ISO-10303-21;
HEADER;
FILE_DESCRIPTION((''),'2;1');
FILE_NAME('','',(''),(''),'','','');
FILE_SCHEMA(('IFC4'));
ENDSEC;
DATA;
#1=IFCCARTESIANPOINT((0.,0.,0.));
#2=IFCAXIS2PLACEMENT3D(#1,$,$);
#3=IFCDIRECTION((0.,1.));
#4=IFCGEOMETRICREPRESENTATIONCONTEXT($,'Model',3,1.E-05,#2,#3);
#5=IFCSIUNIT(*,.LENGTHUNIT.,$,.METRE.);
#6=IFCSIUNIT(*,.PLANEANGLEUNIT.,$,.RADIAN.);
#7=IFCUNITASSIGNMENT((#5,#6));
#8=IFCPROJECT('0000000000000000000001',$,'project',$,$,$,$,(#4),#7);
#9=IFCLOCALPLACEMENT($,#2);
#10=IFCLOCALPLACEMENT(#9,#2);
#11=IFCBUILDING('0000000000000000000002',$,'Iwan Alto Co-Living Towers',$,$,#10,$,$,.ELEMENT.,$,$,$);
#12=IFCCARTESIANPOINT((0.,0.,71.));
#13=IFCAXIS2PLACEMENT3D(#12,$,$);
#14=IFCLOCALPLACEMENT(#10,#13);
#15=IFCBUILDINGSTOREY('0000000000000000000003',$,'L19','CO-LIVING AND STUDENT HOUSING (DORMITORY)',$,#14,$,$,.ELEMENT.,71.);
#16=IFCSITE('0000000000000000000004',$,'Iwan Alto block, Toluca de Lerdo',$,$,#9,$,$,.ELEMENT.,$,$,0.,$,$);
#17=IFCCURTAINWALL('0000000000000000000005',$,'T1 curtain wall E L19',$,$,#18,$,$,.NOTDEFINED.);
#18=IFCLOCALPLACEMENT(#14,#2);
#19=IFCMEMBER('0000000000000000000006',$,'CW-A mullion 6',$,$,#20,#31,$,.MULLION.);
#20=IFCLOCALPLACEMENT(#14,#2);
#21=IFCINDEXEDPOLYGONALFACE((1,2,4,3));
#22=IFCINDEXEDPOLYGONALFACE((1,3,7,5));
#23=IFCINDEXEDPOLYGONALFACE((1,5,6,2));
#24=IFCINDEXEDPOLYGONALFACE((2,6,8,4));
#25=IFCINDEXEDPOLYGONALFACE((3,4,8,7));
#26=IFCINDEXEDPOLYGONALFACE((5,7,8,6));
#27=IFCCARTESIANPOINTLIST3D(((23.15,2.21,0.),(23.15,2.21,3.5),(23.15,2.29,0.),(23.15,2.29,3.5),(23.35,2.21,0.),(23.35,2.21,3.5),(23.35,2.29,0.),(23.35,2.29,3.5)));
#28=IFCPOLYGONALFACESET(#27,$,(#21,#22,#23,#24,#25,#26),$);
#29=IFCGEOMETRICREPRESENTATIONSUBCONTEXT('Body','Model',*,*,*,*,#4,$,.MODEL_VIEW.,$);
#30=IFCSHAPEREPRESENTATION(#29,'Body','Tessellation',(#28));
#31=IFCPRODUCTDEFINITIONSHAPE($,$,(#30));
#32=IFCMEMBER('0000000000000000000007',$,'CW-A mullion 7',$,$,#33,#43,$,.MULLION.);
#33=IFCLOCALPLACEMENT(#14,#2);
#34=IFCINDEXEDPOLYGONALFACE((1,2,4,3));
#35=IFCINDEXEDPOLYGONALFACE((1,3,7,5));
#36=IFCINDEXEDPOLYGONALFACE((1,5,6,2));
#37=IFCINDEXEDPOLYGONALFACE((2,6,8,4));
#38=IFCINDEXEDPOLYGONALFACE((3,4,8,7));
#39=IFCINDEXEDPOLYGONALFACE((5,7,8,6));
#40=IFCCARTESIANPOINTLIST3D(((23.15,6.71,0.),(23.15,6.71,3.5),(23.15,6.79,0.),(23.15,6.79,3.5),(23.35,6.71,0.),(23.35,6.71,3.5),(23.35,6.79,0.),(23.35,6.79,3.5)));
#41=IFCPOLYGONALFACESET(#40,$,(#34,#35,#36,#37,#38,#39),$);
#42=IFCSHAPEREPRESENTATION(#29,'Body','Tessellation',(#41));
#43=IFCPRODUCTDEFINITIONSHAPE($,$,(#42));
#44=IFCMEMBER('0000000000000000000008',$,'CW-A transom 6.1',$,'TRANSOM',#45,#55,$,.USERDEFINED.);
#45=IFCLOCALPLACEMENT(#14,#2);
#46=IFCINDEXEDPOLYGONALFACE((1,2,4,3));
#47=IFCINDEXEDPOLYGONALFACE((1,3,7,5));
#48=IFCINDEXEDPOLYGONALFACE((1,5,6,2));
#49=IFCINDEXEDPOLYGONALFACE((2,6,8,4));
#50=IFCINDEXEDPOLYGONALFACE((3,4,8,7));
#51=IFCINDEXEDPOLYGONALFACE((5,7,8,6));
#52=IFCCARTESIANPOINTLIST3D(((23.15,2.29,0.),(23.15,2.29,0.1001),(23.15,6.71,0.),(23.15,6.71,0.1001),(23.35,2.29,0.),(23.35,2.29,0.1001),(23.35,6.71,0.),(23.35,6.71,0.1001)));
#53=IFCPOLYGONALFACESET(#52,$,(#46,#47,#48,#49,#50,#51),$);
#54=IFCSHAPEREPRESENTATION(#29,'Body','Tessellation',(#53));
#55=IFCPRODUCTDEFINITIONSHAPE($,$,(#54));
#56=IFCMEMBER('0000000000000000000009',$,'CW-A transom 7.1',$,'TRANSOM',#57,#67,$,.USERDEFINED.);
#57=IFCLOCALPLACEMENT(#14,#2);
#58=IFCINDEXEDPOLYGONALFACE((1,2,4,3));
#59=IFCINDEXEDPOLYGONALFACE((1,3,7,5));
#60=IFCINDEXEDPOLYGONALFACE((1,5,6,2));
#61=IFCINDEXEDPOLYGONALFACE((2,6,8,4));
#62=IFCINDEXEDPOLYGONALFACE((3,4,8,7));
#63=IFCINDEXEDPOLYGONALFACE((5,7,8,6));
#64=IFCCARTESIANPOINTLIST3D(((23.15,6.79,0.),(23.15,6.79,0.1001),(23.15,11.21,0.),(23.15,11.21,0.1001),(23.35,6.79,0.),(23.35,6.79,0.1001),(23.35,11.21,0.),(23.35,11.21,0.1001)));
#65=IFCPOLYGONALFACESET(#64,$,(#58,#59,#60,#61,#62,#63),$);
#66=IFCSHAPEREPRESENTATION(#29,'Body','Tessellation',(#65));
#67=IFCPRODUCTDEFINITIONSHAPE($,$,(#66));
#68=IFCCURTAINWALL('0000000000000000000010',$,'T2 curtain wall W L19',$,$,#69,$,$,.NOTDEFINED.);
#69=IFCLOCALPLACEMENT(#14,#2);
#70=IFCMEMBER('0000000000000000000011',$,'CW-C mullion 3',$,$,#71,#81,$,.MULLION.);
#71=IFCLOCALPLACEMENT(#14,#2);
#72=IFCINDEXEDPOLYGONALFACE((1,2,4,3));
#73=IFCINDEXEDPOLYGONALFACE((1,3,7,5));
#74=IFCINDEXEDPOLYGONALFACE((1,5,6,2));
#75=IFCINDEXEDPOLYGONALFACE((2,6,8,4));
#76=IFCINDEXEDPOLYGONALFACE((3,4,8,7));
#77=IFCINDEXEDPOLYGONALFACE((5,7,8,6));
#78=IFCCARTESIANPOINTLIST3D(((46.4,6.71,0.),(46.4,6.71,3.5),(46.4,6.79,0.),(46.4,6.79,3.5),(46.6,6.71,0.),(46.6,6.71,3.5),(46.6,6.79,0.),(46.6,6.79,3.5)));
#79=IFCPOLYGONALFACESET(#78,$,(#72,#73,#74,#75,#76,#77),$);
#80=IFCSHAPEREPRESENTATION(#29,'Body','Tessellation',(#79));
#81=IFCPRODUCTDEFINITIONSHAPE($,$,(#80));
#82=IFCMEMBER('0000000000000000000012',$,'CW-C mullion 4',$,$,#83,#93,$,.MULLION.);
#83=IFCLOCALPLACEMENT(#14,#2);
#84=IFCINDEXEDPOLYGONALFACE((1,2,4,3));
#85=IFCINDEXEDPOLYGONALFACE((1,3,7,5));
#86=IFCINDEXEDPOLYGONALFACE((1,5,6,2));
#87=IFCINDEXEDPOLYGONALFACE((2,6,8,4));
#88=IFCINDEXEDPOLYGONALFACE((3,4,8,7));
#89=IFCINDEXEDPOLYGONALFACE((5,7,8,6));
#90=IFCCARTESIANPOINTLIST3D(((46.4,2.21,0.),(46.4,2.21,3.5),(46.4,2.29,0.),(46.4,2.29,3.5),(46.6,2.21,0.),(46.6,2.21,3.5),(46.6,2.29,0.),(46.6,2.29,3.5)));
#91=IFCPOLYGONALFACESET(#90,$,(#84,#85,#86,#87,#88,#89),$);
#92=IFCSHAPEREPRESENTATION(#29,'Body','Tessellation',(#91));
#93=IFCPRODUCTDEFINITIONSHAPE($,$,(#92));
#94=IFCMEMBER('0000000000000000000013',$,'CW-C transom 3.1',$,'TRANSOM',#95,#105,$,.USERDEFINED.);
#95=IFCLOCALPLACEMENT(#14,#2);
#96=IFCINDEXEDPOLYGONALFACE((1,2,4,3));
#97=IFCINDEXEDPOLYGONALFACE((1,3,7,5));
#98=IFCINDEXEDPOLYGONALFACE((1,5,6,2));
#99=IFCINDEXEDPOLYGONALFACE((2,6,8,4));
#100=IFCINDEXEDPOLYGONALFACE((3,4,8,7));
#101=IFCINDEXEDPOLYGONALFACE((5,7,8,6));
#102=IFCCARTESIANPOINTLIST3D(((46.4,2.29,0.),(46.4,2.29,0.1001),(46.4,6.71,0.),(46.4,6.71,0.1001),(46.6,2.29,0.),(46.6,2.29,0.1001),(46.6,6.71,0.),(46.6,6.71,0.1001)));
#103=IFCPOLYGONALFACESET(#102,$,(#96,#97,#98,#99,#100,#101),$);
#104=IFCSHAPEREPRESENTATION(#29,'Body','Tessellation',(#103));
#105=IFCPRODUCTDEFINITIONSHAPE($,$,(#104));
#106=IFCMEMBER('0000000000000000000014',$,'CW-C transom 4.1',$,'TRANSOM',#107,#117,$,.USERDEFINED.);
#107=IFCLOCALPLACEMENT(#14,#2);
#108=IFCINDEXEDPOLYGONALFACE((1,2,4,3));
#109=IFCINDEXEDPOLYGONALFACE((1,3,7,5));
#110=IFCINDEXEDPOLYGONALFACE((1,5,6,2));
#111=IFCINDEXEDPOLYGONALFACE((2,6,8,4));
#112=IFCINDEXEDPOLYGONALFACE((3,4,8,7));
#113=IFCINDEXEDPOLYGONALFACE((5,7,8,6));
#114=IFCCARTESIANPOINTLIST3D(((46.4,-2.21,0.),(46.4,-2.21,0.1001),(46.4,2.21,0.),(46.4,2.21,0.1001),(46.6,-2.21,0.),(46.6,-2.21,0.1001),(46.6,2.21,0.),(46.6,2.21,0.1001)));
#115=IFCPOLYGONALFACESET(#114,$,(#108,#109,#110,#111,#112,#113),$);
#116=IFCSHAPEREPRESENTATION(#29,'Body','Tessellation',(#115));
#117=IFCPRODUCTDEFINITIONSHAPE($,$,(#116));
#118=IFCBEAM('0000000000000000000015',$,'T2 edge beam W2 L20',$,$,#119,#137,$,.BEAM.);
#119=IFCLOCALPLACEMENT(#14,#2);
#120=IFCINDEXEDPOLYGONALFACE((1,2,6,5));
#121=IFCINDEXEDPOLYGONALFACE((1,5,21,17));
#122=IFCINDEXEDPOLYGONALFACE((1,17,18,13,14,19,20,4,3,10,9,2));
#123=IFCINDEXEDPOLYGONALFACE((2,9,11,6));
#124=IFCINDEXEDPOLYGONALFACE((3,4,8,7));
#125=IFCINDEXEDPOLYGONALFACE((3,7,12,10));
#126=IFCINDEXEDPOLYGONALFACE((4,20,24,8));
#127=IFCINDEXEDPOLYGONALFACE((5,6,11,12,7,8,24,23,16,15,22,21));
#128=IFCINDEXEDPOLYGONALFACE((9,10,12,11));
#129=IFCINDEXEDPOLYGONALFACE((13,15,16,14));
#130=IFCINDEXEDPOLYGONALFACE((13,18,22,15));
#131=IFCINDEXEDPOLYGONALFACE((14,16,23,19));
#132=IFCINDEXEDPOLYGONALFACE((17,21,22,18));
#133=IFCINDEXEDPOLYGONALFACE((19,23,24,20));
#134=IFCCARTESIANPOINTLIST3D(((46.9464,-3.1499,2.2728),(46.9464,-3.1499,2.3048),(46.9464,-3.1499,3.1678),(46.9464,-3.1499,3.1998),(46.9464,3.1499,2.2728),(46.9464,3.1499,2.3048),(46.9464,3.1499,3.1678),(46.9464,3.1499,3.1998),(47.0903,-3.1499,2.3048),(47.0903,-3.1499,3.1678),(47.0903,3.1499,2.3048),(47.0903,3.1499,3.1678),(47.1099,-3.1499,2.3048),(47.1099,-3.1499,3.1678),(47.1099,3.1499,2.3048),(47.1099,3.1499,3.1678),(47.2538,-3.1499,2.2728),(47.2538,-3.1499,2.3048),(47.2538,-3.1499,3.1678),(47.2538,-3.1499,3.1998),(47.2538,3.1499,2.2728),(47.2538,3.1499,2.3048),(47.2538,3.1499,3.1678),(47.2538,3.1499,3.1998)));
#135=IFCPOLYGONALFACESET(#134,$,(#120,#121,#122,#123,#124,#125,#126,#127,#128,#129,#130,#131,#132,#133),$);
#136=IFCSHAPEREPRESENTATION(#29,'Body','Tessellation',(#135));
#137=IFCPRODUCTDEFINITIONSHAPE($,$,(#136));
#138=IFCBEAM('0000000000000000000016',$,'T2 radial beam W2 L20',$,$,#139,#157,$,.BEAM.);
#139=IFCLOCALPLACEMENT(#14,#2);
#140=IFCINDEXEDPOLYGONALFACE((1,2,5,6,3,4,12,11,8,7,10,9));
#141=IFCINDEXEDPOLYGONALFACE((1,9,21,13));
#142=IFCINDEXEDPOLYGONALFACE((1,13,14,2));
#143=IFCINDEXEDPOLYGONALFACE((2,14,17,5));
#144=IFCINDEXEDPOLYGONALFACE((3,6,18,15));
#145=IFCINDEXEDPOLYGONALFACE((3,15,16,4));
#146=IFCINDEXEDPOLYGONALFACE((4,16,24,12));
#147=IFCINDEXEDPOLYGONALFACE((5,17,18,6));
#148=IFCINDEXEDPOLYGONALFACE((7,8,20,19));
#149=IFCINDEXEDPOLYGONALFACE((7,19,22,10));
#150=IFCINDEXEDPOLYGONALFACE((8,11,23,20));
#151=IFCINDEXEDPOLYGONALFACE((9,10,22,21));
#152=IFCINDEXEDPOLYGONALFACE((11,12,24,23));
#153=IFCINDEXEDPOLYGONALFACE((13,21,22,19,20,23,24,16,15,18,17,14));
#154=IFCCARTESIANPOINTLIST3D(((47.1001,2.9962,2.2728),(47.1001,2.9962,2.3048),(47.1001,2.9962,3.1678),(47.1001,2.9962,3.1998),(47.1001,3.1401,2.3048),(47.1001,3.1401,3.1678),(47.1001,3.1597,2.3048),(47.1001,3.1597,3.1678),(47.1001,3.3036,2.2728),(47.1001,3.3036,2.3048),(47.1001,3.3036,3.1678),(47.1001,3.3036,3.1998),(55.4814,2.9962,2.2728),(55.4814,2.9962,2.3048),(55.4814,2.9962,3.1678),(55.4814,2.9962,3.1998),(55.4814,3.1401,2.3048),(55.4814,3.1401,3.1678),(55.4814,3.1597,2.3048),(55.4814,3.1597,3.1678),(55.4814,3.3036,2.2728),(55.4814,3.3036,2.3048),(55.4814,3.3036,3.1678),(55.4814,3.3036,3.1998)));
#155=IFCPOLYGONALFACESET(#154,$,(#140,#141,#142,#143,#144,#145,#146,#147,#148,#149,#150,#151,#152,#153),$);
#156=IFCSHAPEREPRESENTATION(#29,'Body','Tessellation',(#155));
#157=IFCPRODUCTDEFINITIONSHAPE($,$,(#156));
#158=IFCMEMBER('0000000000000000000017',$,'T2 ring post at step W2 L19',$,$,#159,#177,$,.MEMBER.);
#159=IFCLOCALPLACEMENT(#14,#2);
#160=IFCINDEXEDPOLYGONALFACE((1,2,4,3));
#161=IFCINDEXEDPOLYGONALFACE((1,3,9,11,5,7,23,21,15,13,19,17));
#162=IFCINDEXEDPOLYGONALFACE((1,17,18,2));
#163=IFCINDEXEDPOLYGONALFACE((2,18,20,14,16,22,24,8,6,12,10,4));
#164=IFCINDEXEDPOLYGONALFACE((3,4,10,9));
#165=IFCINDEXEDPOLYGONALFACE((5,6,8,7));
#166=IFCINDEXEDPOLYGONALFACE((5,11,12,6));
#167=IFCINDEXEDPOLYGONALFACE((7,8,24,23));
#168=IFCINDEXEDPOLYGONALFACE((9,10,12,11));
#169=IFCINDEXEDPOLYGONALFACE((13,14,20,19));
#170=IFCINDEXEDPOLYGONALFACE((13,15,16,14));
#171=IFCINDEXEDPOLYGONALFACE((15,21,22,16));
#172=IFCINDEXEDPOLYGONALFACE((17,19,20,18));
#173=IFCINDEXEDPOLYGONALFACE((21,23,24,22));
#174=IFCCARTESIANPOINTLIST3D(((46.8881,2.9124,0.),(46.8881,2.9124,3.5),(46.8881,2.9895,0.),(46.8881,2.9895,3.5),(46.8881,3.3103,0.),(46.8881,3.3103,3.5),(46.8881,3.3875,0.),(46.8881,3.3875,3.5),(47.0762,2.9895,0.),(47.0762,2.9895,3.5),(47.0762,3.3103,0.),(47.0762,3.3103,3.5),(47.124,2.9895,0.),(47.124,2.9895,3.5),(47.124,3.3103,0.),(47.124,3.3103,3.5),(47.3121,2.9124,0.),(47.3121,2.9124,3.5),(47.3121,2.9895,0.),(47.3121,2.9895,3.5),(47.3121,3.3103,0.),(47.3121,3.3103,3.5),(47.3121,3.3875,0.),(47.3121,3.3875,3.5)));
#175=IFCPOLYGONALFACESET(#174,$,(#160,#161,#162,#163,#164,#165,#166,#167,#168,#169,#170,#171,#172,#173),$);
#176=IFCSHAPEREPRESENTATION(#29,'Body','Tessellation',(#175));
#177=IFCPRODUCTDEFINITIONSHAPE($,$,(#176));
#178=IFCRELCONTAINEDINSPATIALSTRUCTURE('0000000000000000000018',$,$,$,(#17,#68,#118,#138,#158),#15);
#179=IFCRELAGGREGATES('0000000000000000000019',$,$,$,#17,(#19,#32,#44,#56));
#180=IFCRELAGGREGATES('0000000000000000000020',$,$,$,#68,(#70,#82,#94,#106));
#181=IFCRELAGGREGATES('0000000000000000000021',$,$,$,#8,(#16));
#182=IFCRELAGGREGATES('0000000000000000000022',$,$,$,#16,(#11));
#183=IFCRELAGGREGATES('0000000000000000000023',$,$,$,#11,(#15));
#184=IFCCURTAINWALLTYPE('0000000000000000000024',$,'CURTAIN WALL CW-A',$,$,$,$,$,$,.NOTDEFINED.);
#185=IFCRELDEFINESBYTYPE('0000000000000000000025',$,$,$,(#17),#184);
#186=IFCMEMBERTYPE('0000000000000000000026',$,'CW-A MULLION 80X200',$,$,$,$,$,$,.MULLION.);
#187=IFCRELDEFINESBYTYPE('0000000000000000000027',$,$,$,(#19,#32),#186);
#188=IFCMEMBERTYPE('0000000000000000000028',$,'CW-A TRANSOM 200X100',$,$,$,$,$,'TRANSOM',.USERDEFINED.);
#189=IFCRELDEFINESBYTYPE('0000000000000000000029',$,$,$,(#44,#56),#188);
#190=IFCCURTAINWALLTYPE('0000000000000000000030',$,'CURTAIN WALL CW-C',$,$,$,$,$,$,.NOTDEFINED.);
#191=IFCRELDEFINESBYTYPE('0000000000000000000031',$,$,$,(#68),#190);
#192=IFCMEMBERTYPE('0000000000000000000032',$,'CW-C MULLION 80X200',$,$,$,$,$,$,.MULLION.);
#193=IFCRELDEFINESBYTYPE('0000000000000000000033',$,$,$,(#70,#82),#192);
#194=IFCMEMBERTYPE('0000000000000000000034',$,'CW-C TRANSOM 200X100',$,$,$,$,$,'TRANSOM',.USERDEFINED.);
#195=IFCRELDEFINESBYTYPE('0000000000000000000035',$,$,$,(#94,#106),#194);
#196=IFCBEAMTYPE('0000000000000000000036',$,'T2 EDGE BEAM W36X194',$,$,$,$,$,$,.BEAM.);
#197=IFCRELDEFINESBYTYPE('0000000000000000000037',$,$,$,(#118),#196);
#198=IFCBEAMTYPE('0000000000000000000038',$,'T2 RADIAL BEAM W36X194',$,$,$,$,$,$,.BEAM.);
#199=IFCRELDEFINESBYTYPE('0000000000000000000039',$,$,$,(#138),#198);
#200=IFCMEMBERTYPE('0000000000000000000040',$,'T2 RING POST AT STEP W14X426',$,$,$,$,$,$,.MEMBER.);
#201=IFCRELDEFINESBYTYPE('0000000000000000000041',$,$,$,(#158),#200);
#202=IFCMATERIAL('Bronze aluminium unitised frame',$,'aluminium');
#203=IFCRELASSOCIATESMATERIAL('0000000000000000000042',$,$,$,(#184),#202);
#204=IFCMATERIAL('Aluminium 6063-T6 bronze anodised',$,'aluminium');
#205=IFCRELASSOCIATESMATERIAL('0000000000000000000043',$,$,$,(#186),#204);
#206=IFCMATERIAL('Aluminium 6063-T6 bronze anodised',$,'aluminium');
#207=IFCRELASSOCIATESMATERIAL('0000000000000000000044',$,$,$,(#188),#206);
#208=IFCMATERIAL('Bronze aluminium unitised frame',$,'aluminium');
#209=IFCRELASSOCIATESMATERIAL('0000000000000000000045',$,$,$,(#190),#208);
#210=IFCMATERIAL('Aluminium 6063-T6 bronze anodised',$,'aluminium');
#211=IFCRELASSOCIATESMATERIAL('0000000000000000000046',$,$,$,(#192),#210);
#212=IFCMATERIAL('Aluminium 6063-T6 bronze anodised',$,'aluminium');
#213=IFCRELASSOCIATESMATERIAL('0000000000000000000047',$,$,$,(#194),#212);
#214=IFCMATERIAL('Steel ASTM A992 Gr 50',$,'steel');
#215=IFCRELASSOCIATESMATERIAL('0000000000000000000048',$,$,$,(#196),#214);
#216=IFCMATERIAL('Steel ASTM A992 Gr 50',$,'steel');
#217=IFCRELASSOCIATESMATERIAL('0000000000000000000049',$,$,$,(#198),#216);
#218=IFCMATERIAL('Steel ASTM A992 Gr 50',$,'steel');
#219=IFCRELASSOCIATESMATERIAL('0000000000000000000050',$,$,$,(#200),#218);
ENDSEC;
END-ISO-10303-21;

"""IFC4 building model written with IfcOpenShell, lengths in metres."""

from ifc_helpers import new_model, si_unit, direction, frame, origin, origin_2d, place, context, subcontext, project, spatial, rectangle, i_section, extrude, material, material_profile, profile_set, type_object, element, aggregate, save


model = new_model("IFC4")

# Units and contexts
model_context = context("Model", 3, precision=1e-05, world=origin(), true_north=direction((0.0, 1.0)))
body_context = subcontext(model_context, "Body", "Model", "MODEL_VIEW")
ifc_project = project(units=[si_unit("LENGTHUNIT", "METRE"), si_unit("PLANEANGLEUNIT", "RADIAN")], contexts=[model_context])

# Site, building, storey
site_placement = place(None, origin())
site = spatial("IfcSite", under=ifc_project, at=site_placement, Name="Iwan Alto block, Toluca de Lerdo", CompositionType="ELEMENT", RefElevation=0.0)
building_placement = place(site_placement, origin())
building = spatial("IfcBuilding", under=site, at=building_placement, Name="Iwan Alto Co-Living Towers", CompositionType="ELEMENT")
storey_placement = place(building_placement, frame((0.0, 0.0, 71.0)))
storey = spatial("IfcBuildingStorey", under=building, at=storey_placement, Name="L19", Description="CO-LIVING AND STUDENT HOUSING (DORMITORY)", CompositionType="ELEMENT", Elevation=71.0)

# Curtain walls, members
ifc_material_1 = material(Name="Bronze aluminium unitised frame", Category="aluminium")
curtain_wall_type_1 = type_object("IfcCurtainWallType", Name="CURTAIN WALL CW-A", PredefinedType="NOTDEFINED", material=ifc_material_1)
curtain_wall_1_placement = place(storey_placement, origin())
curtain_wall_1 = element("IfcCurtainWall", 1, at=curtain_wall_1_placement, inside=storey, type_object=curtain_wall_type_1, Name="T1 curtain wall E L19", PredefinedType="NOTDEFINED")
ifc_material_2 = material(Name="Aluminium 6063-T6 bronze anodised", Category="aluminium")
ifc_material_profile_1 = material_profile(ifc_material_2, rectangle(XDim=0.2, YDim=0.0801, at=origin_2d()), Name="AL 80X200")
ifc_profile_set_1 = profile_set([ifc_material_profile_1], Name="Aluminium 6063-T6 bronze anodised")
member_type_1 = type_object("IfcMemberType", Name="CW-A MULLION 80X200", PredefinedType="MULLION", material=ifc_profile_set_1)
member_1_placement = place(storey_placement, frame((23.25, 2.25, 0.0), z_axis=(0.0, 0.0, 1.0), x_axis=(-1.0, 0.0, 0.0)))
member_1 = element("IfcMember", 2, at=member_1_placement, type_object=member_type_1, Name="CW-A mullion 6", PredefinedType="MULLION", context=body_context, shape_type="SweptSolid", body=[
    extrude(rectangle(XDim=0.2, YDim=0.0801, at=origin_2d()), origin(), (0.0, 0.0, 1.0), 3.5),
])
member_2_placement = place(storey_placement, frame((23.25, 6.75, 0.0), z_axis=(0.0, 0.0, 1.0), x_axis=(-1.0, 0.0, 0.0)))
member_2 = element("IfcMember", 3, at=member_2_placement, type_object=member_type_1, Name="CW-A mullion 7", PredefinedType="MULLION", context=body_context, shape_type="SweptSolid", body=[
    extrude(rectangle(XDim=0.2, YDim=0.0801, at=origin_2d()), origin(), (0.0, 0.0, 1.0), 3.5),
])
ifc_material_3 = material(Name="Aluminium 6063-T6 bronze anodised", Category="aluminium")
ifc_material_profile_2 = material_profile(ifc_material_3, rectangle(XDim=0.2, YDim=0.1001, at=origin_2d()), Name="AL 200X100")
ifc_profile_set_2 = profile_set([ifc_material_profile_2], Name="Aluminium 6063-T6 bronze anodised")
member_type_2 = type_object("IfcMemberType", Name="CW-A TRANSOM 200X100", ElementType="TRANSOM", PredefinedType="USERDEFINED", material=ifc_profile_set_2)
member_3_placement = place(storey_placement, frame((23.25, 2.29, 0.05), z_axis=(0.0, 1.0, 0.0), x_axis=(-1.0, 0.0, 0.0)))
member_3 = element("IfcMember", 4, at=member_3_placement, type_object=member_type_2, Name="CW-A transom 6.1", ObjectType="TRANSOM", PredefinedType="USERDEFINED", context=body_context, shape_type="SweptSolid", body=[
    extrude(rectangle(XDim=0.2, YDim=0.1001, at=origin_2d()), origin(), (0.0, 0.0, 1.0), 4.4199),
])
member_4_placement = place(storey_placement, frame((23.25, 6.79, 0.05), z_axis=(0.0, 1.0, 0.0), x_axis=(-1.0, 0.0, 0.0)))
member_4 = element("IfcMember", 5, at=member_4_placement, type_object=member_type_2, Name="CW-A transom 7.1", ObjectType="TRANSOM", PredefinedType="USERDEFINED", context=body_context, shape_type="SweptSolid", body=[
    extrude(rectangle(XDim=0.2, YDim=0.1001, at=origin_2d()), origin(), (0.0, 0.0, 1.0), 4.4199),
])
ifc_material_4 = material(Name="Bronze aluminium unitised frame", Category="aluminium")
curtain_wall_type_2 = type_object("IfcCurtainWallType", Name="CURTAIN WALL CW-C", PredefinedType="NOTDEFINED", material=ifc_material_4)
curtain_wall_2_placement = place(storey_placement, origin())
curtain_wall_2 = element("IfcCurtainWall", 6, at=curtain_wall_2_placement, inside=storey, type_object=curtain_wall_type_2, Name="T2 curtain wall W L19", PredefinedType="NOTDEFINED")
ifc_material_5 = material(Name="Aluminium 6063-T6 bronze anodised", Category="aluminium")
ifc_material_profile_3 = material_profile(ifc_material_5, rectangle(XDim=0.2, YDim=0.0801, at=origin_2d()), Name="AL 80X200")
ifc_profile_set_3 = profile_set([ifc_material_profile_3], Name="Aluminium 6063-T6 bronze anodised")
member_type_3 = type_object("IfcMemberType", Name="CW-C MULLION 80X200", PredefinedType="MULLION", material=ifc_profile_set_3)
member_5_placement = place(storey_placement, frame((46.5, 6.75, 0.0), z_axis=(0.0, 0.0, 1.0), x_axis=(1.0, 0.0, 0.0)))
member_5 = element("IfcMember", 7, at=member_5_placement, type_object=member_type_3, Name="CW-C mullion 3", PredefinedType="MULLION", context=body_context, shape_type="SweptSolid", body=[
    extrude(rectangle(XDim=0.2, YDim=0.0801, at=origin_2d()), origin(), (0.0, 0.0, 1.0), 3.5),
])
member_6_placement = place(storey_placement, frame((46.5, 2.25, 0.0), z_axis=(0.0, 0.0, 1.0), x_axis=(1.0, 0.0, 0.0)))
member_6 = element("IfcMember", 8, at=member_6_placement, type_object=member_type_3, Name="CW-C mullion 4", PredefinedType="MULLION", context=body_context, shape_type="SweptSolid", body=[
    extrude(rectangle(XDim=0.2, YDim=0.0801, at=origin_2d()), origin(), (0.0, 0.0, 1.0), 3.5),
])
ifc_material_6 = material(Name="Aluminium 6063-T6 bronze anodised", Category="aluminium")
ifc_material_profile_4 = material_profile(ifc_material_6, rectangle(XDim=0.2, YDim=0.1001, at=origin_2d()), Name="AL 200X100")
ifc_profile_set_4 = profile_set([ifc_material_profile_4], Name="Aluminium 6063-T6 bronze anodised")
member_type_4 = type_object("IfcMemberType", Name="CW-C TRANSOM 200X100", ElementType="TRANSOM", PredefinedType="USERDEFINED", material=ifc_profile_set_4)
member_7_placement = place(storey_placement, frame((46.5, 6.71, 0.05), z_axis=(0.0, -1.0, 0.0), x_axis=(1.0, 0.0, 0.0)))
member_7 = element("IfcMember", 9, at=member_7_placement, type_object=member_type_4, Name="CW-C transom 3.1", ObjectType="TRANSOM", PredefinedType="USERDEFINED", context=body_context, shape_type="SweptSolid", body=[
    extrude(rectangle(XDim=0.2, YDim=0.1001, at=origin_2d()), origin(), (0.0, 0.0, 1.0), 4.4199),
])
member_8_placement = place(storey_placement, frame((46.5, 2.21, 0.05), z_axis=(0.0, -1.0, 0.0), x_axis=(1.0, 0.0, 0.0)))
member_8 = element("IfcMember", 10, at=member_8_placement, type_object=member_type_4, Name="CW-C transom 4.1", ObjectType="TRANSOM", PredefinedType="USERDEFINED", context=body_context, shape_type="SweptSolid", body=[
    extrude(rectangle(XDim=0.2, YDim=0.1001, at=origin_2d()), origin(), (0.0, 0.0, 1.0), 4.4199),
])

# Beams
ifc_material_7 = material(Name="Steel ASTM A992 Gr 50", Category="steel")
ifc_material_profile_5 = material_profile(ifc_material_7, i_section(OverallWidth=0.3074, OverallDepth=0.927, WebThickness=0.0195, FlangeThickness=0.032, at=origin_2d()), Name="W36X194")
ifc_profile_set_5 = profile_set([ifc_material_profile_5], Name="Steel ASTM A992 Gr 50")
beam_type_1 = type_object("IfcBeamType", Name="T2 EDGE BEAM W36X194", PredefinedType="BEAM", material=ifc_profile_set_5)
beam_1_placement = place(storey_placement, frame((47.1001, 3.1499, 2.7363), z_axis=(0.0, -1.0, 0.0), x_axis=(1.0, 0.0, 0.0)))
element("IfcBeam", 11, at=beam_1_placement, inside=storey, type_object=beam_type_1, Name="T2 edge beam W2 L20", PredefinedType="BEAM", context=body_context, shape_type="SweptSolid", body=[
    extrude(i_section(OverallWidth=0.3074, OverallDepth=0.927, WebThickness=0.0195, FlangeThickness=0.032, at=origin_2d()), origin(), (0.0, 0.0, 1.0), 6.2998),
])
ifc_material_8 = material(Name="Steel ASTM A992 Gr 50", Category="steel")
ifc_material_profile_6 = material_profile(ifc_material_8, i_section(OverallWidth=0.3074, OverallDepth=0.927, WebThickness=0.0195, FlangeThickness=0.032, at=origin_2d()), Name="W36X194")
ifc_profile_set_6 = profile_set([ifc_material_profile_6], Name="Steel ASTM A992 Gr 50")
beam_type_2 = type_object("IfcBeamType", Name="T2 RADIAL BEAM W36X194", PredefinedType="BEAM", material=ifc_profile_set_6)
beam_2_placement = place(storey_placement, frame((47.1001, 3.1499, 2.7363), z_axis=(1.0, 0.0, 0.0), x_axis=(0.0, 1.0, 0.0)))
element("IfcBeam", 12, at=beam_2_placement, inside=storey, type_object=beam_type_2, Name="T2 radial beam W2 L20", PredefinedType="BEAM", context=body_context, shape_type="SweptSolid", body=[
    extrude(i_section(OverallWidth=0.3074, OverallDepth=0.927, WebThickness=0.0195, FlangeThickness=0.032, at=origin_2d()), origin(), (0.0, 0.0, 1.0), 8.3813),
])

# Member
ifc_material_9 = material(Name="Steel ASTM A992 Gr 50", Category="steel")
ifc_material_profile_7 = material_profile(ifc_material_9, i_section(OverallWidth=0.4241, OverallDepth=0.4751, WebThickness=0.0479, FlangeThickness=0.0771, at=origin_2d()), Name="W14X426")
ifc_profile_set_7 = profile_set([ifc_material_profile_7], Name="Steel ASTM A992 Gr 50")
member_type_5 = type_object("IfcMemberType", Name="T2 RING POST AT STEP W14X426", PredefinedType="MEMBER", material=ifc_profile_set_7)
member_9_placement = place(storey_placement, frame((47.1001, 3.1499, 0.0), z_axis=(0.0, 0.0, 1.0), x_axis=(1.0, 0.0, 0.0)))
element("IfcMember", 13, at=member_9_placement, inside=storey, type_object=member_type_5, Name="T2 ring post at step W2 L19", PredefinedType="MEMBER", context=body_context, shape_type="SweptSolid", body=[
    extrude(i_section(OverallWidth=0.4241, OverallDepth=0.4751, WebThickness=0.0479, FlangeThickness=0.0771, at=origin_2d()), origin(), (0.0, 0.0, 1.0), 3.5),
])

aggregate(curtain_wall_1, [member_1, member_2, member_3, member_4])
aggregate(curtain_wall_2, [member_5, member_6, member_7, member_8])

save(model, "model.ifc")
